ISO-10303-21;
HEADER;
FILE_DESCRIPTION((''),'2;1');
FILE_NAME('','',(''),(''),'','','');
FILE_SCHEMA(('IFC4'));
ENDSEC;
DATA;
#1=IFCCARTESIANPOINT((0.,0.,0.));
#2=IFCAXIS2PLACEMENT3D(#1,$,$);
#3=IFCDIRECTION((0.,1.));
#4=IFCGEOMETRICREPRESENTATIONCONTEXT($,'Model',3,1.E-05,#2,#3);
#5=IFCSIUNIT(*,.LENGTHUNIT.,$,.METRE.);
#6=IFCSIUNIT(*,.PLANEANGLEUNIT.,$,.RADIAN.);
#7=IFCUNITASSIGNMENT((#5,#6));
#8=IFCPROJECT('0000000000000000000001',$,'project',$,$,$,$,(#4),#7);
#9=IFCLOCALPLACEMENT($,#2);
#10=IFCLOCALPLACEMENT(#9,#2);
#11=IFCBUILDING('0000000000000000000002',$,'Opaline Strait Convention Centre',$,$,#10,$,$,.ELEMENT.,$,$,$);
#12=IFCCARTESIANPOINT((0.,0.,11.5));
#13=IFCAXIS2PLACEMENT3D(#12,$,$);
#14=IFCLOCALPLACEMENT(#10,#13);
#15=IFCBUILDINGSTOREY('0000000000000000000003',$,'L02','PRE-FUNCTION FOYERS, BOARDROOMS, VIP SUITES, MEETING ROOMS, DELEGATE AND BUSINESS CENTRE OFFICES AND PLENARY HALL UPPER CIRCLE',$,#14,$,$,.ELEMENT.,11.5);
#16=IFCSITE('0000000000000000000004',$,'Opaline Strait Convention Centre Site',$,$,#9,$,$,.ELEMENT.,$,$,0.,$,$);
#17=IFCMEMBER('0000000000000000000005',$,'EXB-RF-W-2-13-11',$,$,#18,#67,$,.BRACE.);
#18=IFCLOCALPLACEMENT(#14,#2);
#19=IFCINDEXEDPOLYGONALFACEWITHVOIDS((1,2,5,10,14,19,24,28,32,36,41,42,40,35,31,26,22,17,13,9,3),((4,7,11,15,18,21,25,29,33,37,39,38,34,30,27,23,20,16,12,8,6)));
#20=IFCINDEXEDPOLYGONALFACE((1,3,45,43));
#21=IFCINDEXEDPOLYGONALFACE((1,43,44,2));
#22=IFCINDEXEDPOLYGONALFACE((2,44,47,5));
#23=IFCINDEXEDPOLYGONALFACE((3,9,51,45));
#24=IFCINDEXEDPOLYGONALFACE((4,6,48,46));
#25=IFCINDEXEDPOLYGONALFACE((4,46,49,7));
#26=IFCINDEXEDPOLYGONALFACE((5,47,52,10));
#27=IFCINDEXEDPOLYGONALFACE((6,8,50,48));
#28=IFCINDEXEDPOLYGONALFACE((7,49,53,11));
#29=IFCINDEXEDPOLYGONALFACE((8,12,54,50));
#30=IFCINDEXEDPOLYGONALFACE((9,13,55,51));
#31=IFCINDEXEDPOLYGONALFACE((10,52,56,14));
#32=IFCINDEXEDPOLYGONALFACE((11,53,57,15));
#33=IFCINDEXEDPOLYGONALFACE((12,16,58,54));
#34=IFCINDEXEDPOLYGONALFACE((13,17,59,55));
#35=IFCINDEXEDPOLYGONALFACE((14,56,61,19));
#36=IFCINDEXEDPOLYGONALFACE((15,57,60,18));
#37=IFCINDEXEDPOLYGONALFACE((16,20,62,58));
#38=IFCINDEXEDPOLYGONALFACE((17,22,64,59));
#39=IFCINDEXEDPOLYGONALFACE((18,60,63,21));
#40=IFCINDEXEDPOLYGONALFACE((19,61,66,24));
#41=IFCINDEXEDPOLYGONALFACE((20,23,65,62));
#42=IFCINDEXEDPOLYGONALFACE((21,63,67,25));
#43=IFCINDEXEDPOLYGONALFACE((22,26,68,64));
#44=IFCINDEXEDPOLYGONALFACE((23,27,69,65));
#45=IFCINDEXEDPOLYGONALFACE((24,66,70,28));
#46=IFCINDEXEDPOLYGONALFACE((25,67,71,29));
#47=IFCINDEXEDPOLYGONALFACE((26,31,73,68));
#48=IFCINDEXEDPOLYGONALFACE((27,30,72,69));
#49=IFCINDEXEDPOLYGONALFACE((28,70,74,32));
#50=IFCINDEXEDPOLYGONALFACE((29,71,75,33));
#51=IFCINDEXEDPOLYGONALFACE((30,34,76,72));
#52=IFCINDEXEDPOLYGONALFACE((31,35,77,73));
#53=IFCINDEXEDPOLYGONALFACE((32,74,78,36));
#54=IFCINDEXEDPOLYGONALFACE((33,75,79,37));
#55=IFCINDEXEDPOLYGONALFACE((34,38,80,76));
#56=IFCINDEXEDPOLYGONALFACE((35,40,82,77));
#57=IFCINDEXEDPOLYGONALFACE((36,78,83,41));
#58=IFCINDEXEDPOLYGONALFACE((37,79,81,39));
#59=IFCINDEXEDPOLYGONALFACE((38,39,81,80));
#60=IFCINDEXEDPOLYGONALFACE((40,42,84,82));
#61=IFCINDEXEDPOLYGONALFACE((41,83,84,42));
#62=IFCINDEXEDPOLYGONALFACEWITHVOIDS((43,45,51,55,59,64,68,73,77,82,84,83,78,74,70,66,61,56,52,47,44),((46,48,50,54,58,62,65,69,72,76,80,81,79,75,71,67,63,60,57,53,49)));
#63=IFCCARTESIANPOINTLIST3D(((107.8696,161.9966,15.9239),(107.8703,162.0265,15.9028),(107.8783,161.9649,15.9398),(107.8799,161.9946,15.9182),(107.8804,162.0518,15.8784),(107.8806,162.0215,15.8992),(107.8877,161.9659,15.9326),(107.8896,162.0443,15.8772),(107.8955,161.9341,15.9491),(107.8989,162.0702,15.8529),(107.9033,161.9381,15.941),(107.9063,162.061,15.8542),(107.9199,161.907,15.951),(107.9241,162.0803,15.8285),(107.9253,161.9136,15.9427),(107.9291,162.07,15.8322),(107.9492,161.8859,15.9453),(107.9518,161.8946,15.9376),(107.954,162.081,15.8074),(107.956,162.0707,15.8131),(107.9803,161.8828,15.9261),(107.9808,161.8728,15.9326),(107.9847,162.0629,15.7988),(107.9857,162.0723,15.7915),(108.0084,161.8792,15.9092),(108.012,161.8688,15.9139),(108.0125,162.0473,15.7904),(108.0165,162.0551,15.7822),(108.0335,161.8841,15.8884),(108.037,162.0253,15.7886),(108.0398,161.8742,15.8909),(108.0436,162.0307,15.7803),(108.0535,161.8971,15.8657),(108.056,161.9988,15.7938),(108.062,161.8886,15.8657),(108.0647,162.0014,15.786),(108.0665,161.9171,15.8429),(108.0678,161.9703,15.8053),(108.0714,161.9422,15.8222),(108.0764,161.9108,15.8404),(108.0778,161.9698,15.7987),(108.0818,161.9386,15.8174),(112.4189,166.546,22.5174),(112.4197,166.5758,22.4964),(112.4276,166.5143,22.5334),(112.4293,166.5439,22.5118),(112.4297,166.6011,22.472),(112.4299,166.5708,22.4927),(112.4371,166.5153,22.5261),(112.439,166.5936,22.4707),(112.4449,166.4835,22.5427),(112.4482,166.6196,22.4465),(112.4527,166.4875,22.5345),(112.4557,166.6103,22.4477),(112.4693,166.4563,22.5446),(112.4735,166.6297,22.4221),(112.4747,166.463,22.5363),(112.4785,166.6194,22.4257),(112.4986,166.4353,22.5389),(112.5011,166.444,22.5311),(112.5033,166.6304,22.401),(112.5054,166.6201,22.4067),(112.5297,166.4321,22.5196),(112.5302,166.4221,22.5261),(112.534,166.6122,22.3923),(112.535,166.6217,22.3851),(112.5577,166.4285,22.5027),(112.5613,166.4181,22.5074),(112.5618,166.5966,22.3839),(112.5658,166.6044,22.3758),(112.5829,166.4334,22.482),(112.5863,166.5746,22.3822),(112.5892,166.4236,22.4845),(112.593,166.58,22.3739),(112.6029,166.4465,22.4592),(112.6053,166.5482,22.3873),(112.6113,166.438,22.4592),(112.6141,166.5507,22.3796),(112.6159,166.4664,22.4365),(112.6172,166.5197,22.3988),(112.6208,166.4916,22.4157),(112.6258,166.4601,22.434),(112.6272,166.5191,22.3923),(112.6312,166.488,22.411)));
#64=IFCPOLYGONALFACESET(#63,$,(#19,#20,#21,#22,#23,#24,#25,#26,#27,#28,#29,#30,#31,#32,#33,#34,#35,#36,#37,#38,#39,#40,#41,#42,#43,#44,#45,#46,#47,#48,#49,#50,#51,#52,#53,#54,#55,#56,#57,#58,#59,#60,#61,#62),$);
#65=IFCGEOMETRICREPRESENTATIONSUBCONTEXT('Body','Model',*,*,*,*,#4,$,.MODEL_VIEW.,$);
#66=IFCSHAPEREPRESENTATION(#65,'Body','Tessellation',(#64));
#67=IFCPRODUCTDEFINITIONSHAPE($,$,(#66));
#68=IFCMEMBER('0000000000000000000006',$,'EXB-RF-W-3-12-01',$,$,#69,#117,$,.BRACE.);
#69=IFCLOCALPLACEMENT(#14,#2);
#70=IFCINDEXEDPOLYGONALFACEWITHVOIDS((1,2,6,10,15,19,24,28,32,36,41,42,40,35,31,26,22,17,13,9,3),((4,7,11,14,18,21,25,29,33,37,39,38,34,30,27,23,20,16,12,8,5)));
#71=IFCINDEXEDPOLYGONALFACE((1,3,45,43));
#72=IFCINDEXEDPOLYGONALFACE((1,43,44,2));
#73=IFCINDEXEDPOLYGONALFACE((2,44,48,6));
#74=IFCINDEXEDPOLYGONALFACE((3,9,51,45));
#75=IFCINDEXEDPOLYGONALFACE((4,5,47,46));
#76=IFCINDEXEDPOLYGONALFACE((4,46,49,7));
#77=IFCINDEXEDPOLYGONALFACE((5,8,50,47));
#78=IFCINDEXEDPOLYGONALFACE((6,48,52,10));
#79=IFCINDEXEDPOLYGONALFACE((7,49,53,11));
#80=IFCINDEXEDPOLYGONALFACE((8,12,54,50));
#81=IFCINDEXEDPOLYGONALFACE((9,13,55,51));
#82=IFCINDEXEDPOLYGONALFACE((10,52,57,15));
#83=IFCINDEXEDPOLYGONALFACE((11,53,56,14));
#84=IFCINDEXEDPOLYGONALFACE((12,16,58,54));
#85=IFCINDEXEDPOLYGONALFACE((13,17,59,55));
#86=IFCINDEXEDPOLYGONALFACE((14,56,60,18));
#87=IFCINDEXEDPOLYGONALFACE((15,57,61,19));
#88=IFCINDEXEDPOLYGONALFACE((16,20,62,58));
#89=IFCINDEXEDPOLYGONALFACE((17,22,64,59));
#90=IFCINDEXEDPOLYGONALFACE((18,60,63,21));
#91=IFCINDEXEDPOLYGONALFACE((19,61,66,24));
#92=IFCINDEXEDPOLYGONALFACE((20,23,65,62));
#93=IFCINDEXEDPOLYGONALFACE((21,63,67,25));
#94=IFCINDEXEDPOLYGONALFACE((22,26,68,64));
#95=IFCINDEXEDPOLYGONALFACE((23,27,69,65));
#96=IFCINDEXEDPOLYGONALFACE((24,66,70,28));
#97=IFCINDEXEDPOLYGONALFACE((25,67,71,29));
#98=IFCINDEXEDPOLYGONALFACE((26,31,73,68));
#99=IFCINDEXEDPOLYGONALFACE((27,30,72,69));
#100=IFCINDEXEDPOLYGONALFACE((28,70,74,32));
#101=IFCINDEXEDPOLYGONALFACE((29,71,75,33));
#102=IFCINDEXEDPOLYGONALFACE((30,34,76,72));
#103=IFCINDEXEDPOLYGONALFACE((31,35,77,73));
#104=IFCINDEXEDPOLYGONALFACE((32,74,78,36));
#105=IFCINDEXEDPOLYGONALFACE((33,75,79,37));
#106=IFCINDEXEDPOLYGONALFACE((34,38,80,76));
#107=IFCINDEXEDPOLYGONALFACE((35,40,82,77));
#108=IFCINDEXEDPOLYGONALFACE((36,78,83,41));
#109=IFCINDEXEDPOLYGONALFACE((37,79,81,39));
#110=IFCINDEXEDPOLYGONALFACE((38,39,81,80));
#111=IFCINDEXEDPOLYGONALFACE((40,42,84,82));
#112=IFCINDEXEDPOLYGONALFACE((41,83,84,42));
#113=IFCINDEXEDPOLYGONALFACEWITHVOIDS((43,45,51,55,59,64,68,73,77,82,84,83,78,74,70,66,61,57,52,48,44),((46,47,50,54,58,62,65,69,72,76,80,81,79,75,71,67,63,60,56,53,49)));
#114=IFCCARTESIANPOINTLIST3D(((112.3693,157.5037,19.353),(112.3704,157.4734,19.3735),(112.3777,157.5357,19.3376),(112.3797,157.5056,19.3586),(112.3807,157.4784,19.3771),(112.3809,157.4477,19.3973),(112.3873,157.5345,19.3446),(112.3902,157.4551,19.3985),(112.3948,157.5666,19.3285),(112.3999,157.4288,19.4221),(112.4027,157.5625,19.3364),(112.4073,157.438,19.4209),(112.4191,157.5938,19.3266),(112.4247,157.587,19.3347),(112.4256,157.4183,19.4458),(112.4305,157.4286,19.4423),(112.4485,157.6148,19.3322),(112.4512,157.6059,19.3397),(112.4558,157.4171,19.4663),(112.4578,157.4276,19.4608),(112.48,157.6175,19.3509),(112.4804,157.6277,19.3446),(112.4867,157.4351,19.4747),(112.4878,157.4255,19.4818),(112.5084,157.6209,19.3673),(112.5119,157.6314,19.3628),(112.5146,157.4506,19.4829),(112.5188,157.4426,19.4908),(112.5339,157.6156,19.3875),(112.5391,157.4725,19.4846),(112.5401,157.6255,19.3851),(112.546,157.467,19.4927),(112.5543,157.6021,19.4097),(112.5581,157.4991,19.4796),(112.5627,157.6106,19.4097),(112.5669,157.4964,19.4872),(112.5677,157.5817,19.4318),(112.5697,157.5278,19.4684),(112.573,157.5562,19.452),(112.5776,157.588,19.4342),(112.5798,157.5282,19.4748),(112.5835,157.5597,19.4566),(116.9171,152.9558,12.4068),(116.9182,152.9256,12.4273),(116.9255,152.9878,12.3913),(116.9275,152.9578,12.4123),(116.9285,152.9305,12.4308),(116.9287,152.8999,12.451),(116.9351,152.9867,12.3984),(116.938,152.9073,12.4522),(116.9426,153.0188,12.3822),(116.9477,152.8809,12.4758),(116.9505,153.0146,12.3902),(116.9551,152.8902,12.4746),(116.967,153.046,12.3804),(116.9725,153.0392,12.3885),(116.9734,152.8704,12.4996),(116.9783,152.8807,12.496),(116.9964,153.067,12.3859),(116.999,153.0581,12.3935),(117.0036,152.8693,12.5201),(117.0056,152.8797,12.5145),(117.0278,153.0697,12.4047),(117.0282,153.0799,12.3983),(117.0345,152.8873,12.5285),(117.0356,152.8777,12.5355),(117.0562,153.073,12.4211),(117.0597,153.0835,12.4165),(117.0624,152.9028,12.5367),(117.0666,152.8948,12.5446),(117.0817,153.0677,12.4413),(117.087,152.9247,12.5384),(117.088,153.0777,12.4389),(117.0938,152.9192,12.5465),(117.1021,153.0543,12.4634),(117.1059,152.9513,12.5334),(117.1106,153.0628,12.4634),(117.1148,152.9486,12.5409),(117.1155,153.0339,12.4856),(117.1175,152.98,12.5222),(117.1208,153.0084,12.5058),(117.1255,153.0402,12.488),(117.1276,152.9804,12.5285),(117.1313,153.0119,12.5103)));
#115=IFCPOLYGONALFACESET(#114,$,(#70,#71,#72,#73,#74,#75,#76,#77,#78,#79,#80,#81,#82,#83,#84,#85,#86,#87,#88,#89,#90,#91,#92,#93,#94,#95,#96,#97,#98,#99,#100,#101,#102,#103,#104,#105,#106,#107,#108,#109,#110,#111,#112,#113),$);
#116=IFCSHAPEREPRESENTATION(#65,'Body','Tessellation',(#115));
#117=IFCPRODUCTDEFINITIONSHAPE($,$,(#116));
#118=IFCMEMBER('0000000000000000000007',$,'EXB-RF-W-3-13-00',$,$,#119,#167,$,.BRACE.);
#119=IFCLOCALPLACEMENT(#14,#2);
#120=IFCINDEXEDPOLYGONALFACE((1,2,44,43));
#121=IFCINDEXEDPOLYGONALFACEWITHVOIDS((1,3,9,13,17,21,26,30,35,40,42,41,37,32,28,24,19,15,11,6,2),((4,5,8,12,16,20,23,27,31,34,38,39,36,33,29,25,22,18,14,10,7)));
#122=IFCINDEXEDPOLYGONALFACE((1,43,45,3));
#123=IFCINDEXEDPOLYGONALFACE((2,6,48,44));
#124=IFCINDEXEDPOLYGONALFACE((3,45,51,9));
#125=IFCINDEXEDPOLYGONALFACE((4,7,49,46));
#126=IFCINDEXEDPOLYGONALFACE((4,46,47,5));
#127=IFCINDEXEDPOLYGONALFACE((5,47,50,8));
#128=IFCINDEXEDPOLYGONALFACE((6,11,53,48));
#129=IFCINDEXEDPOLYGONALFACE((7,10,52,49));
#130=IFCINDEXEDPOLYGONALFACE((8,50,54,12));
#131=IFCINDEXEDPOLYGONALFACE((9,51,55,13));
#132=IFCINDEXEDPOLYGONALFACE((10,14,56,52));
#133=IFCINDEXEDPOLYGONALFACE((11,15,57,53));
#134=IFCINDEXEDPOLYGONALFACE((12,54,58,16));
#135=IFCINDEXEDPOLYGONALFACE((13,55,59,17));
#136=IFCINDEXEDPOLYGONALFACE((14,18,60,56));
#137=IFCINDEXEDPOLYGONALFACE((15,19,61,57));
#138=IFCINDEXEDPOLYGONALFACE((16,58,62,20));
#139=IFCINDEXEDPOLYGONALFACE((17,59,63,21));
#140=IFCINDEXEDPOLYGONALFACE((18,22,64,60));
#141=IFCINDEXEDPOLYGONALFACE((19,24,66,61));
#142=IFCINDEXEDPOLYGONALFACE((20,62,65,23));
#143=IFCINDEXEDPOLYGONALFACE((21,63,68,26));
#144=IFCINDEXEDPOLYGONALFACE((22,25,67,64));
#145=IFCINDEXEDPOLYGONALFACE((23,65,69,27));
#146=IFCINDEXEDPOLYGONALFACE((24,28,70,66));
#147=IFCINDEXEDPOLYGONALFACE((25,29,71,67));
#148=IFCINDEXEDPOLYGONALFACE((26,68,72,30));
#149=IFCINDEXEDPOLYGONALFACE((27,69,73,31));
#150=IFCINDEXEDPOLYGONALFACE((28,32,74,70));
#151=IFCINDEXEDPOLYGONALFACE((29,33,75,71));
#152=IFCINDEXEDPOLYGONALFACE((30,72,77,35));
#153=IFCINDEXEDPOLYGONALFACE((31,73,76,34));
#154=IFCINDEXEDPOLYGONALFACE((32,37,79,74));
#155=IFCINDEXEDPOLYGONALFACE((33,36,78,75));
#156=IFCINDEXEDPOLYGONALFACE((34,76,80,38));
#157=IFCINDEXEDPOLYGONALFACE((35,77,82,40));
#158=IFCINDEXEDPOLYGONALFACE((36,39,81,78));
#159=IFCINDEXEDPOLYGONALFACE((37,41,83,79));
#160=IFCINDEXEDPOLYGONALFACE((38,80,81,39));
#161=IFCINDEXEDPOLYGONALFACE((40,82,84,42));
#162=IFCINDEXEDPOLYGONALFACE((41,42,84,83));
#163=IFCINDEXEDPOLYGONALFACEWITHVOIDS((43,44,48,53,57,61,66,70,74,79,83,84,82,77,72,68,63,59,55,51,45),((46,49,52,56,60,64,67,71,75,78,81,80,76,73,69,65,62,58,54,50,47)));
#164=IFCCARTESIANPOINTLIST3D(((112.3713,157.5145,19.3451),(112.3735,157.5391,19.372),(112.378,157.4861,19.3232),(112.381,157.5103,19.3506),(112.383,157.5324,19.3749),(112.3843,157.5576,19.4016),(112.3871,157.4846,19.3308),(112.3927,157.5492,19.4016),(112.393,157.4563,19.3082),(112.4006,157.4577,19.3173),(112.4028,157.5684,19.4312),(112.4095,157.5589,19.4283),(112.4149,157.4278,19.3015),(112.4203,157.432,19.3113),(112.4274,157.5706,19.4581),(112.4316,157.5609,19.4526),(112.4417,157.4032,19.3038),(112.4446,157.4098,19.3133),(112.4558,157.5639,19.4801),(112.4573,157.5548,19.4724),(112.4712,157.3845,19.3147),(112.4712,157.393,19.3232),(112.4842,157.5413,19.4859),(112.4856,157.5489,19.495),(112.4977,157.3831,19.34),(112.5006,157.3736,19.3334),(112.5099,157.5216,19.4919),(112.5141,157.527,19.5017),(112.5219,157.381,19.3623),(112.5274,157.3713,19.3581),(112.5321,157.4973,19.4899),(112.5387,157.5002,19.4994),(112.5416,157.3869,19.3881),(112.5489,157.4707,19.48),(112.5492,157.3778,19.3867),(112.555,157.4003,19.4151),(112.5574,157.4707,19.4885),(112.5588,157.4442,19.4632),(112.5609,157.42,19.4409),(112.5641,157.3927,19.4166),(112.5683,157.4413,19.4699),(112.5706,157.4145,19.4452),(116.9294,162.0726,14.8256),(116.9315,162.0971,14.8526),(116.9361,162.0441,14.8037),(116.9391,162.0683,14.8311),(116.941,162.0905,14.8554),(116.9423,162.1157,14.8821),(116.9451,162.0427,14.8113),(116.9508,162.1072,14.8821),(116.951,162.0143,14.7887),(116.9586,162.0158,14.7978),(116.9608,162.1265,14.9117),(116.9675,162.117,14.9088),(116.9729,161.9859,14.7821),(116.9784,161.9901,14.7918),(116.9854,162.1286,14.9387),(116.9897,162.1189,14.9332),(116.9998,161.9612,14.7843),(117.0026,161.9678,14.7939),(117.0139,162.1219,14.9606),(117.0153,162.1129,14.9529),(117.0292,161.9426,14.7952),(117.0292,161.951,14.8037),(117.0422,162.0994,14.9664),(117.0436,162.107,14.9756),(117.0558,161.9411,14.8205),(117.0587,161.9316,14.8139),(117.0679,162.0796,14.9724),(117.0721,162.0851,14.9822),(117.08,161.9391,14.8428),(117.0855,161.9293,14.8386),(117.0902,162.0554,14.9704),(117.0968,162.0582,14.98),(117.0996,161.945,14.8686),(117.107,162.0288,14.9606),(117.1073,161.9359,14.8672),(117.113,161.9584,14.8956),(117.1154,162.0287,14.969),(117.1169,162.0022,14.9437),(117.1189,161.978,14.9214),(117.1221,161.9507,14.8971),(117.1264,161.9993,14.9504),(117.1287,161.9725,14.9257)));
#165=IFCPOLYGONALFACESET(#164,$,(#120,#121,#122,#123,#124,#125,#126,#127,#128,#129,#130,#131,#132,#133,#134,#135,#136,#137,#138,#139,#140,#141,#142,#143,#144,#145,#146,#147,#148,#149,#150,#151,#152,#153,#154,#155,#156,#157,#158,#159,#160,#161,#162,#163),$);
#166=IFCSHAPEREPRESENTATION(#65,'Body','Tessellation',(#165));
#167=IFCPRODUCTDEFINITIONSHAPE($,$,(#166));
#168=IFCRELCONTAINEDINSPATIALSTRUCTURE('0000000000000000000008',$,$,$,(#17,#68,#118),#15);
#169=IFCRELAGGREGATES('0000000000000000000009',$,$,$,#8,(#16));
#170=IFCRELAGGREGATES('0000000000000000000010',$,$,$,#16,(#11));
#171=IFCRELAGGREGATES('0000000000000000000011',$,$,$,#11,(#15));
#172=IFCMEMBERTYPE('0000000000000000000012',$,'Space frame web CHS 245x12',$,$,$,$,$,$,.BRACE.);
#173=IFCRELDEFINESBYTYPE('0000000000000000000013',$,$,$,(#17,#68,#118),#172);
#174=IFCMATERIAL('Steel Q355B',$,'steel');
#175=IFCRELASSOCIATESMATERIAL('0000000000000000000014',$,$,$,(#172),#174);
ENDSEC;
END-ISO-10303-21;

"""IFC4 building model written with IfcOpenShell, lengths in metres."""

from ifc_helpers import new_model, si_unit, direction, frame, origin, origin_2d, place, context, subcontext, project, spatial, hollow_circle, extrude, material, material_profile, profile_set, type_object, element, save


model = new_model("IFC4")

# Units and contexts
model_context = context("Model", 3, precision=1e-05, world=origin(), true_north=direction((0.0, 1.0)))
body_context = subcontext(model_context, "Body", "Model", "MODEL_VIEW")
ifc_project = project(units=[si_unit("LENGTHUNIT", "METRE"), si_unit("PLANEANGLEUNIT", "RADIAN")], contexts=[model_context])

# Site, building, storey
site_placement = place(None, origin())
site = spatial("IfcSite", under=ifc_project, at=site_placement, Name="Opaline Strait Convention Centre Site", CompositionType="ELEMENT", RefElevation=0.0)
building_placement = place(site_placement, origin())
building = spatial("IfcBuilding", under=site, at=building_placement, Name="Opaline Strait Convention Centre", CompositionType="ELEMENT")
storey_placement = place(building_placement, frame((0.0, 0.0, 11.5)))
storey = spatial("IfcBuildingStorey", under=building, at=storey_placement, Name="L02", Description="PRE-FUNCTION FOYERS, BOARDROOMS, VIP SUITES, MEETING ROOMS, DELEGATE AND BUSINESS CENTRE OFFICES AND PLENARY HALL UPPER CIRCLE", CompositionType="ELEMENT", Elevation=11.5)

# Members
ifc_material_1 = material(Name="Steel Q355B", Category="steel")
ifc_material_profile_1 = material_profile(ifc_material_1, hollow_circle(Radius=0.1226, WallThickness=0.012, at=origin_2d()), Name="CHS 245x12")
ifc_profile_set_1 = profile_set([ifc_material_profile_1], Name="Steel Q355B")
member_type_1 = type_object("IfcMemberType", Name="Space frame web CHS 245x12", PredefinedType="BRACE", material=ifc_profile_set_1)
member_1_placement = place(storey_placement, frame((112.5247, 166.5247, 22.4592), z_axis=(-0.493829, -0.493829, -0.715727), x_axis=(0.707107, -0.707107, 0.0)))
element("IfcMember", 1, at=member_1_placement, inside=storey, type_object=member_type_1, Name="EXB-RF-W-2-13-11", PredefinedType="BRACE", context=body_context, shape_type="SweptSolid", body=[
    extrude(hollow_circle(Radius=0.1226, WallThickness=0.012, at=origin_2d()), origin(), (0.0, 0.0, 1.0), 9.2124),
])
member_2_placement = place(storey_placement, frame((112.4761, 157.5239, 19.4097), z_axis=(0.480409, -0.480409, -0.733767), x_axis=(0.707107, 0.707107, 0.0)))
element("IfcMember", 2, at=member_2_placement, inside=storey, type_object=member_type_1, Name="EXB-RF-W-3-12-01", PredefinedType="BRACE", context=body_context, shape_type="SweptSolid", body=[
    extrude(hollow_circle(Radius=0.1226, WallThickness=0.012, at=origin_2d()), origin(), (0.0, 0.0, 1.0), 9.4666),
])
member_3_placement = place(storey_placement, frame((112.4709, 157.4709, 19.4016), z_axis=(0.578979, 0.578979, -0.574079), x_axis=(-0.707107, 0.707107, 0.0)))
element("IfcMember", 3, at=member_3_placement, inside=storey, type_object=member_type_1, Name="EXB-RF-W-3-13-00", PredefinedType="BRACE", context=body_context, shape_type="SweptSolid", body=[
    extrude(hollow_circle(Radius=0.1226, WallThickness=0.012, at=origin_2d()), origin(), (0.0, 0.0, 1.0), 7.8726),
])

save(model, "model.ifc")
